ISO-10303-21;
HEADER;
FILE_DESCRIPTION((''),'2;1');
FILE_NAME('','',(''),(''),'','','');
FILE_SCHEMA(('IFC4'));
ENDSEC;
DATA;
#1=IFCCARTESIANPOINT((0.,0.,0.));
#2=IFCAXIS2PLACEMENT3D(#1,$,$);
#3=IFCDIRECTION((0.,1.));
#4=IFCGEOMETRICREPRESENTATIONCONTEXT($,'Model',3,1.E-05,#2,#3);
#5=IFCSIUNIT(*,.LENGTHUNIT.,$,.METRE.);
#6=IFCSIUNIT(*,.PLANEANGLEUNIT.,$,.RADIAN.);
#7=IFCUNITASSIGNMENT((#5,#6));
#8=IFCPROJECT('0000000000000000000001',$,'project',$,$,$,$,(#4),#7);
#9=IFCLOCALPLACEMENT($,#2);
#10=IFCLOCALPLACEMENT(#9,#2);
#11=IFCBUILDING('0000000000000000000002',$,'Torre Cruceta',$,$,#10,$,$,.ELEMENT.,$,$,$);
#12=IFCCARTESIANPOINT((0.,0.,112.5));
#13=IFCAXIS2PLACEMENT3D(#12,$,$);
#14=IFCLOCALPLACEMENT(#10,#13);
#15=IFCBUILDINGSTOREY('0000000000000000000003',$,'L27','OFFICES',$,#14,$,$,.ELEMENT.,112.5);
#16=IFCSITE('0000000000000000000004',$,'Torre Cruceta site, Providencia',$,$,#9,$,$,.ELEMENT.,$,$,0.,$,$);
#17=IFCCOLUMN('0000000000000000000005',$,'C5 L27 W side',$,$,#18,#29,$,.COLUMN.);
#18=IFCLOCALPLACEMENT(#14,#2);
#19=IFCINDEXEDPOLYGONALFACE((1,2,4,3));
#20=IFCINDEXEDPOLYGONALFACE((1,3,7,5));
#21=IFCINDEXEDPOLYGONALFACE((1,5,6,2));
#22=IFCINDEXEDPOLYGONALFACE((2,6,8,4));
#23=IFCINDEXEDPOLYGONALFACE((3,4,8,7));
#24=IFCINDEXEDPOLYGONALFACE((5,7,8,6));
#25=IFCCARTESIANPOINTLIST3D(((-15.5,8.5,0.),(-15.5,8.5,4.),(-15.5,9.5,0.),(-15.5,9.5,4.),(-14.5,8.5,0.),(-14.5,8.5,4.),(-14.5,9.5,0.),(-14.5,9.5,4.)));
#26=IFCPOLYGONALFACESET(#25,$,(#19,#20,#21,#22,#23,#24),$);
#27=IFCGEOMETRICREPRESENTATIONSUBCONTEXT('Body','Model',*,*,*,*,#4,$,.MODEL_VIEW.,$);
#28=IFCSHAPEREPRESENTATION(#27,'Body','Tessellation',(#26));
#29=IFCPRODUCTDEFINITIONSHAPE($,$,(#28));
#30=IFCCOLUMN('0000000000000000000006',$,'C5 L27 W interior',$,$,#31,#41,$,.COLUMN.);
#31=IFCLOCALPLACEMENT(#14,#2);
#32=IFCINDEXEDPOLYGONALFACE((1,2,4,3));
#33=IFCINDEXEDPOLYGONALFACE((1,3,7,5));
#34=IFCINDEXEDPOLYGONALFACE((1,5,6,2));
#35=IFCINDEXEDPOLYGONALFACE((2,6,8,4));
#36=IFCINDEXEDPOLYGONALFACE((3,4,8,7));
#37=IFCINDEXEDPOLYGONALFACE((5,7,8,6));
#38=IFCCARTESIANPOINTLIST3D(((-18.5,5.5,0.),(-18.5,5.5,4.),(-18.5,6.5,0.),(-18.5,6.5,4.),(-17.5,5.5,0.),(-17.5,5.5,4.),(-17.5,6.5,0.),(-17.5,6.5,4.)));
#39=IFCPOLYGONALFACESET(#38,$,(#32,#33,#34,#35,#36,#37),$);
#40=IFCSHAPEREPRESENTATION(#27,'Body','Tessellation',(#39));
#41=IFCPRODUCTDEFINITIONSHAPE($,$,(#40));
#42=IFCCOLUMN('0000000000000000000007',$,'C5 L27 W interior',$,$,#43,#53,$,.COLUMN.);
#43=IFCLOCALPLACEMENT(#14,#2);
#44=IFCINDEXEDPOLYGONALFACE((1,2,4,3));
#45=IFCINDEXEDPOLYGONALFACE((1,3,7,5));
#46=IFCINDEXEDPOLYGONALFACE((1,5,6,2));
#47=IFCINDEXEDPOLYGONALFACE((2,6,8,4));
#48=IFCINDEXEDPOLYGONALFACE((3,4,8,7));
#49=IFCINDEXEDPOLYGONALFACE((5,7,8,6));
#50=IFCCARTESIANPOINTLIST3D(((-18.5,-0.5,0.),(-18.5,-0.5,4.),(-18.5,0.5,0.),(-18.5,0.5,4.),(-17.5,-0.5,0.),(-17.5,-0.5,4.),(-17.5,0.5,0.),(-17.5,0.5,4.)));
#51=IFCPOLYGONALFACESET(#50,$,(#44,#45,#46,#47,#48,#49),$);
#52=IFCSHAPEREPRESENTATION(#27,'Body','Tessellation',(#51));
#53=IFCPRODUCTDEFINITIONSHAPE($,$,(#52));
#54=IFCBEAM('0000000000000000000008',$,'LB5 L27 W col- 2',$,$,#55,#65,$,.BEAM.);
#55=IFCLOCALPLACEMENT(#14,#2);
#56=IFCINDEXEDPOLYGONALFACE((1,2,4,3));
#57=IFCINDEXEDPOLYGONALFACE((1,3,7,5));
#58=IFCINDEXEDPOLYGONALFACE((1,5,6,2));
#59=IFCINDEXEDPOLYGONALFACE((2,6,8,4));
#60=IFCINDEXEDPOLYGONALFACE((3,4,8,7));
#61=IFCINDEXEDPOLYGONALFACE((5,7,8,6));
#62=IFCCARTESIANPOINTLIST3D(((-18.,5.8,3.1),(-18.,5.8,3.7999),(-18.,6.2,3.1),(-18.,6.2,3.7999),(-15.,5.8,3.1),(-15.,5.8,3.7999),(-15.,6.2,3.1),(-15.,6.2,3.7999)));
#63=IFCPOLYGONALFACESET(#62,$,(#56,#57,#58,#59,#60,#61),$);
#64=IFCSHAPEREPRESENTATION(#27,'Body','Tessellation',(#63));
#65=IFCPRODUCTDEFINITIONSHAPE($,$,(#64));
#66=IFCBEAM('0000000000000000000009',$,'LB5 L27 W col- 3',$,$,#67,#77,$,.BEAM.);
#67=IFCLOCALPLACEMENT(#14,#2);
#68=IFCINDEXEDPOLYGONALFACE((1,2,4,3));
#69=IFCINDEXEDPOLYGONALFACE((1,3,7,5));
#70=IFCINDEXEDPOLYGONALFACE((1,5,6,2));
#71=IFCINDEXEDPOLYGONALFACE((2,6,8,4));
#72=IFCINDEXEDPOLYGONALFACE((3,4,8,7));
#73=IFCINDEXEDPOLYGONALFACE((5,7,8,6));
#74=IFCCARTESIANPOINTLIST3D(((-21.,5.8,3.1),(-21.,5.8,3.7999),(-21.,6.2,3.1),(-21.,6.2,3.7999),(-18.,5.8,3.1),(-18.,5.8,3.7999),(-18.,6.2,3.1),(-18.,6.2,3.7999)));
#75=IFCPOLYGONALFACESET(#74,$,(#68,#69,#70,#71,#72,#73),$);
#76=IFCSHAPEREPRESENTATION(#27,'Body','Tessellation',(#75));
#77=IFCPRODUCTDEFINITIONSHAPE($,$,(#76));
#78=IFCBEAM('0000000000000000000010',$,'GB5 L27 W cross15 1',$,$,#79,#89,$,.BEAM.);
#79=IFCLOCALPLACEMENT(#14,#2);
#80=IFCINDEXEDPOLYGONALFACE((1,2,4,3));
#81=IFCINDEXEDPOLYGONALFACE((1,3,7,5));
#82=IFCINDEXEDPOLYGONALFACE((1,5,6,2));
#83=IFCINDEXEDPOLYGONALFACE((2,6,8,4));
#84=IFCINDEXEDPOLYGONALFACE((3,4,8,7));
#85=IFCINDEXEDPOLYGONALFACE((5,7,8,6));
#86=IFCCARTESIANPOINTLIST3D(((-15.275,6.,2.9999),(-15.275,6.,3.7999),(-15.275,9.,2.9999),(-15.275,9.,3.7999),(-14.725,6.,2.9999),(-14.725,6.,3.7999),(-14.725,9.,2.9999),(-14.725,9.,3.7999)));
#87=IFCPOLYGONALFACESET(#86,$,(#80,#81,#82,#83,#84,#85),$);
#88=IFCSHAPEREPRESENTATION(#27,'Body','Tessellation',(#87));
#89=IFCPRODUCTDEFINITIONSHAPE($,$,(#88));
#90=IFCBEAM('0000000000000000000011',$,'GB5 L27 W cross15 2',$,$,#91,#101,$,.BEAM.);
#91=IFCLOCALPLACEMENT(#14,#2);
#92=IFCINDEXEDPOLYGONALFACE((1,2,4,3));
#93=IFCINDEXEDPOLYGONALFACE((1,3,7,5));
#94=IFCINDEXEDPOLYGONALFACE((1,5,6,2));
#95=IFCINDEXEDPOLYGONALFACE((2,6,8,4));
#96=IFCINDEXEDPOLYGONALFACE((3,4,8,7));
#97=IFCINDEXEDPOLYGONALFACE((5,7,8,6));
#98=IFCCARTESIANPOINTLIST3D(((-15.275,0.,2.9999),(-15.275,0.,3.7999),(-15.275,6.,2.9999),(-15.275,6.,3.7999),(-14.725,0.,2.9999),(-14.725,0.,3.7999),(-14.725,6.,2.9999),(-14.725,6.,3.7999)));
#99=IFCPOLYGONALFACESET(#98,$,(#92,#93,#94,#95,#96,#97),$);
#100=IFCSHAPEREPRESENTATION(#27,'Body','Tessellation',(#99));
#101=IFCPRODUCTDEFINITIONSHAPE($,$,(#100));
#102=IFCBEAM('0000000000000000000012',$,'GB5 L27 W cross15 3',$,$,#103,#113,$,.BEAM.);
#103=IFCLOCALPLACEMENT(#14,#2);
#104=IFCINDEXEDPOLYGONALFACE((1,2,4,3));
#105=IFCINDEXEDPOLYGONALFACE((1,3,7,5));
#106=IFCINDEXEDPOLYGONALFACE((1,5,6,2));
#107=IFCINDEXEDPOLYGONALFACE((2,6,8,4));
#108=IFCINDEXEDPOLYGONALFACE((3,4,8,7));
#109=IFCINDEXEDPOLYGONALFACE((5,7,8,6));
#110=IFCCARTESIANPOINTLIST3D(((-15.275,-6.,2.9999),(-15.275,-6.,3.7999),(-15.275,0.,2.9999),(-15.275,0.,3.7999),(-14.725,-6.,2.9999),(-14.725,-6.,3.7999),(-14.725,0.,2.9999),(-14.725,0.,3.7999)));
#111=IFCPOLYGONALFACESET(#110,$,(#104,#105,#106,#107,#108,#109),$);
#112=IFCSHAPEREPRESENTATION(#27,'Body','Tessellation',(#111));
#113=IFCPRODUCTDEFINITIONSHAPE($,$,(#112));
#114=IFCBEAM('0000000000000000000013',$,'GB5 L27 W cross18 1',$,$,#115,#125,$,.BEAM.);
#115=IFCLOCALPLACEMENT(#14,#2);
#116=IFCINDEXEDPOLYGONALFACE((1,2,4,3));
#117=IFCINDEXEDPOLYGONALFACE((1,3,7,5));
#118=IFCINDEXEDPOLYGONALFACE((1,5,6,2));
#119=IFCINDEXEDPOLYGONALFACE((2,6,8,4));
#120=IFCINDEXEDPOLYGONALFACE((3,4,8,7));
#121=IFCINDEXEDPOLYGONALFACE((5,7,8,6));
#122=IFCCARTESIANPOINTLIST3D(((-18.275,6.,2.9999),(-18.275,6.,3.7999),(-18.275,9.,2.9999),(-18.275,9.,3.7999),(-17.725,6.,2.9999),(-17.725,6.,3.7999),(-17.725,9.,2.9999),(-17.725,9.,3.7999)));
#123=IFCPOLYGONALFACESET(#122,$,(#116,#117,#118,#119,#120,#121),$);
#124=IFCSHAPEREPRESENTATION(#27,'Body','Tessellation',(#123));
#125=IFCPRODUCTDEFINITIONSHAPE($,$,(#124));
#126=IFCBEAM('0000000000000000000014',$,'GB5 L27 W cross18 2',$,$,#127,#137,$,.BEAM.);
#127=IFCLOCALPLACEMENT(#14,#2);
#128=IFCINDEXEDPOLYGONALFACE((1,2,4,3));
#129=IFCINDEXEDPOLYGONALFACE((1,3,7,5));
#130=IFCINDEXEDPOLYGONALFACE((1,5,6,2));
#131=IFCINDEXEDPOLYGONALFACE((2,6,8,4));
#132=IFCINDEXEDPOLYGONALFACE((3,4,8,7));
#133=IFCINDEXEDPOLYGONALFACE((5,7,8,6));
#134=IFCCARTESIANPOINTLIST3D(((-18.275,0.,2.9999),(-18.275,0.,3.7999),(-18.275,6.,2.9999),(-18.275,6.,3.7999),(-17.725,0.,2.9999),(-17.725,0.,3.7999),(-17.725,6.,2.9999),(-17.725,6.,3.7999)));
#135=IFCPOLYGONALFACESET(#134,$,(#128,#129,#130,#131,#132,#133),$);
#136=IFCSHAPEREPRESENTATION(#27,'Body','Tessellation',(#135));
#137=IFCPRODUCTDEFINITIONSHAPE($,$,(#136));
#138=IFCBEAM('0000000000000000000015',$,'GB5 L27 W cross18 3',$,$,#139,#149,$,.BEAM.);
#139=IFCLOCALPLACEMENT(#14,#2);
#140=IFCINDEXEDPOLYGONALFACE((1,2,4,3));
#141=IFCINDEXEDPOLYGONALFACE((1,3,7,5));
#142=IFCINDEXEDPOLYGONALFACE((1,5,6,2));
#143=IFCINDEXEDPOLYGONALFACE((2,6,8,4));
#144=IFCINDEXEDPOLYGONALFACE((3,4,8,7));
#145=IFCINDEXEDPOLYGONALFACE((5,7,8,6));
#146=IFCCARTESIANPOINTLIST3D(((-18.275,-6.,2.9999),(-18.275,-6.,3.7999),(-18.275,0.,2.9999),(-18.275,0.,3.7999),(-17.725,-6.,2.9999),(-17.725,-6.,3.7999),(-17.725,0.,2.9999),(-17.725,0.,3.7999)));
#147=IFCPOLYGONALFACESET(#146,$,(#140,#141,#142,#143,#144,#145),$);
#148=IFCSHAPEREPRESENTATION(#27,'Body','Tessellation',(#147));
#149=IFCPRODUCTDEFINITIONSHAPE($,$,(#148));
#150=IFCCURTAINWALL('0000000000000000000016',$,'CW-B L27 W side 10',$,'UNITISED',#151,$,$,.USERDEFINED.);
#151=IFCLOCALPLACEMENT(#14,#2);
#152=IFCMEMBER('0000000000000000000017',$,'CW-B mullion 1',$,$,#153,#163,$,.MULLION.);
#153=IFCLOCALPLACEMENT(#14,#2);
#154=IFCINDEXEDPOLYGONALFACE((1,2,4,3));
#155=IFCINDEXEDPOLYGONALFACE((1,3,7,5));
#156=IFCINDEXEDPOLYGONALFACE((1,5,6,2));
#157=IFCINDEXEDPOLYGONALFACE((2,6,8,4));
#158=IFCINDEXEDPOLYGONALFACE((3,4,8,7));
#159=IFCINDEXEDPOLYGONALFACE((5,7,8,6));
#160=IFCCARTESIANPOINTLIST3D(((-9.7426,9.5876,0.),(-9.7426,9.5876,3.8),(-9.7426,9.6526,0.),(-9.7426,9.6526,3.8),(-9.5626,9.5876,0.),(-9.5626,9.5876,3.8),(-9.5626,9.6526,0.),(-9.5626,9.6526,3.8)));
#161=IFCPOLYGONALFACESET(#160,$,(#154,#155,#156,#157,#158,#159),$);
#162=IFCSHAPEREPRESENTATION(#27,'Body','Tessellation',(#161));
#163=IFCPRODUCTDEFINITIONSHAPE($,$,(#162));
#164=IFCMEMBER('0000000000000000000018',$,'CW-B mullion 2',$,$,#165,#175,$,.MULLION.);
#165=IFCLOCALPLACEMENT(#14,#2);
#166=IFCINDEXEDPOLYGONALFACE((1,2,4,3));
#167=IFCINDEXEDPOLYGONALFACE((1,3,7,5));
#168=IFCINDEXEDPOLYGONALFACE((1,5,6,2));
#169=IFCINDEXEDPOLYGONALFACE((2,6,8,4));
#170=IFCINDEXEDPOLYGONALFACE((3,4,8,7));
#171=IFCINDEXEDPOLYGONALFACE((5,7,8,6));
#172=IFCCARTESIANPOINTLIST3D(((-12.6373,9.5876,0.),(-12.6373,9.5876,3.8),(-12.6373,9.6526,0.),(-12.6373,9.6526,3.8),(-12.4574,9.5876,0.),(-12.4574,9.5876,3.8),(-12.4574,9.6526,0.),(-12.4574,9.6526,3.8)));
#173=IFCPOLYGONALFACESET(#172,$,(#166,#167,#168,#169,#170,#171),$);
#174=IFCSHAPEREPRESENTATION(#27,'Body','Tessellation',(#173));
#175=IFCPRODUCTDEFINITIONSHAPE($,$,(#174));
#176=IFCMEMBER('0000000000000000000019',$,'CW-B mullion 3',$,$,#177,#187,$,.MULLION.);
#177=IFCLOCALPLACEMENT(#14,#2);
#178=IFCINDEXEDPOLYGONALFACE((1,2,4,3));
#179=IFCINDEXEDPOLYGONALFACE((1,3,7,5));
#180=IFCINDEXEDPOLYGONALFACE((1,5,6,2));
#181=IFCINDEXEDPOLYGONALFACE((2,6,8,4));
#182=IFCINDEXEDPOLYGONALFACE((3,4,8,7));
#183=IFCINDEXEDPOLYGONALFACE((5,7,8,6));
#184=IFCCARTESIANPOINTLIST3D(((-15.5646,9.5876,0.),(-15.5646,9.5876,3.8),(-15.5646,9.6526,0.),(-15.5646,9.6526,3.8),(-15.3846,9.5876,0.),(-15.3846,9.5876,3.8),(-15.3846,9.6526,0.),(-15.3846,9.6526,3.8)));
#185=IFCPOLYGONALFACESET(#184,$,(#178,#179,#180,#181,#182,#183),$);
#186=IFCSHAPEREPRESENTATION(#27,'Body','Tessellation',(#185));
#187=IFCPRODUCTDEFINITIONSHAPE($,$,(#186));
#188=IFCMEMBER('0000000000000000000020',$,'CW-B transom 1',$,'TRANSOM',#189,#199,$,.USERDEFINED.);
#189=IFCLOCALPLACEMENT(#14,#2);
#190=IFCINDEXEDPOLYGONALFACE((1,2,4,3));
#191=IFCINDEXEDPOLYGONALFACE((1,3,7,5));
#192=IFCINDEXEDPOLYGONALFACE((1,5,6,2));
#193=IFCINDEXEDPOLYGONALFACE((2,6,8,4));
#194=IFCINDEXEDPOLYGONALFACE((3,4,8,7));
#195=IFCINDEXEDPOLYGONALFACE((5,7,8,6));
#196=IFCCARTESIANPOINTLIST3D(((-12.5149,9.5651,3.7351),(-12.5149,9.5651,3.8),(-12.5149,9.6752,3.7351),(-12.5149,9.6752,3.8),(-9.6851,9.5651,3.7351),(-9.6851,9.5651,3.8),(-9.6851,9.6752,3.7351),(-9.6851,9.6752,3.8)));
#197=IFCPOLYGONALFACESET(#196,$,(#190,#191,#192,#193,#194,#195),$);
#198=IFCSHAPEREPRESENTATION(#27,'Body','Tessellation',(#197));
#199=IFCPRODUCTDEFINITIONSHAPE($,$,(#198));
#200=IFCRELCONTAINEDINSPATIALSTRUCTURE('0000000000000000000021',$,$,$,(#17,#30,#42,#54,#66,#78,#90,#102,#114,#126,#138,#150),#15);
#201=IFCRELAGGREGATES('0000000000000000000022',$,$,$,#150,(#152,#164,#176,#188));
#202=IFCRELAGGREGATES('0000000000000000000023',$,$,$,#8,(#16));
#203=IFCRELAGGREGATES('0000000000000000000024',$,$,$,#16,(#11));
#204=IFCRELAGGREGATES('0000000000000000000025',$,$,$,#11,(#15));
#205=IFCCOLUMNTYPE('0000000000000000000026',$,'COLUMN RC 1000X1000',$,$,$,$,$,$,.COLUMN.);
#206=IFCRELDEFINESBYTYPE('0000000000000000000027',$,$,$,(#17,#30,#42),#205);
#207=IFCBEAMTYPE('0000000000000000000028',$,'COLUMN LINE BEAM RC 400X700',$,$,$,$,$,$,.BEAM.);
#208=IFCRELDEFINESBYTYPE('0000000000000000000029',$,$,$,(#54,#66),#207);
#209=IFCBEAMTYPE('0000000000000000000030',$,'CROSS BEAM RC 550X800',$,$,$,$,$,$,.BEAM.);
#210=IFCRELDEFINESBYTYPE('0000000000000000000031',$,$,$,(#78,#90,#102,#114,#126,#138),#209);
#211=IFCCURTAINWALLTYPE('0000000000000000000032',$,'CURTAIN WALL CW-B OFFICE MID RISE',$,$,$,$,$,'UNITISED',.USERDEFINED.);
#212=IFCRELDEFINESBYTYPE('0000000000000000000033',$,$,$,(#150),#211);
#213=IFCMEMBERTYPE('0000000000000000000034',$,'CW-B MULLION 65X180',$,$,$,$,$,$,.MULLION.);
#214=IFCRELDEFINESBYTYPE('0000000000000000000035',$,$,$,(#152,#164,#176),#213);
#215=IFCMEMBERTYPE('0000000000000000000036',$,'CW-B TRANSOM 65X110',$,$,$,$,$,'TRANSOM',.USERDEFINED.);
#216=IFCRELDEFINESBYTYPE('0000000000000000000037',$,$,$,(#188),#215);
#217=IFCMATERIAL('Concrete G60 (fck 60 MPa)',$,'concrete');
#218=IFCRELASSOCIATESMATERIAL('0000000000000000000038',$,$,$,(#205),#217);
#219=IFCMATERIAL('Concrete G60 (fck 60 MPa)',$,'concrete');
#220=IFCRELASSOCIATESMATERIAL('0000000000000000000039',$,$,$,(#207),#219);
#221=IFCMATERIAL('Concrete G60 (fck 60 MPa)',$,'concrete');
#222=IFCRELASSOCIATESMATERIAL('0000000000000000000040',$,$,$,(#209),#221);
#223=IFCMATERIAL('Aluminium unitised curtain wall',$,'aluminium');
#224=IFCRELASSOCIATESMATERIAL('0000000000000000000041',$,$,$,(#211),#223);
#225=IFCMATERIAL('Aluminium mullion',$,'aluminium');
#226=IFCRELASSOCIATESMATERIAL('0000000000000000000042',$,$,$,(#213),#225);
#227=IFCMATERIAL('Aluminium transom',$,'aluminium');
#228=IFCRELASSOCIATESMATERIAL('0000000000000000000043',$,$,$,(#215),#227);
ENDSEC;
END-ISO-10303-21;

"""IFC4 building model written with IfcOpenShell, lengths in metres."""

from ifc_helpers import new_model, si_unit, direction, frame, origin, origin_2d, place, context, subcontext, project, spatial, rectangle, extrude, material, material_profile, profile_set, type_object, element, aggregate, save


model = new_model("IFC4")

# Units and contexts
model_context = context("Model", 3, precision=1e-05, world=origin(), true_north=direction((0.0, 1.0)))
body_context = subcontext(model_context, "Body", "Model", "MODEL_VIEW")
ifc_project = project(units=[si_unit("LENGTHUNIT", "METRE"), si_unit("PLANEANGLEUNIT", "RADIAN")], contexts=[model_context])

# Site, building, storey
site_placement = place(None, origin())
site = spatial("IfcSite", under=ifc_project, at=site_placement, Name="Torre Cruceta site, Providencia", CompositionType="ELEMENT", RefElevation=0.0)
building_placement = place(site_placement, origin())
building = spatial("IfcBuilding", under=site, at=building_placement, Name="Torre Cruceta", CompositionType="ELEMENT")
storey_placement = place(building_placement, frame((0.0, 0.0, 112.5)))
storey = spatial("IfcBuildingStorey", under=building, at=storey_placement, Name="L27", Description="OFFICES", CompositionType="ELEMENT", Elevation=112.5)

# Columns
ifc_material_1 = material(Name="Concrete G60 (fck 60 MPa)", Category="concrete")
ifc_material_profile_1 = material_profile(ifc_material_1, rectangle(XDim=1.0, YDim=1.0, at=origin_2d()), Name="RC 1000X1000")
ifc_profile_set_1 = profile_set([ifc_material_profile_1], Name="Concrete G60 (fck 60 MPa)")
column_type = type_object("IfcColumnType", Name="COLUMN RC 1000X1000", PredefinedType="COLUMN", material=ifc_profile_set_1)
for number, where, z_axis, x_axis, name in (
    (1, (-15.0, 9.0, 0.0), (0.0, 0.0, 1.0), (1.0, 0.0, 0.0), "C5 L27 W side"),
    (2, (-18.0, 6.0, 0.0), (0.0, 0.0, 1.0), (1.0, 0.0, 0.0), "C5 L27 W interior"),
    (3, (-18.0, 0.0, 0.0), (0.0, 0.0, 1.0), (1.0, 0.0, 0.0), "C5 L27 W interior"),
):
    element("IfcColumn", number, at=place(storey_placement, frame(where, z_axis=z_axis, x_axis=x_axis)), inside=storey, type_object=column_type, Name=name, PredefinedType="COLUMN", context=body_context, shape_type="SweptSolid", body=[
        extrude(rectangle(XDim=1.0, YDim=1.0, at=origin_2d()), origin(), (0.0, 0.0, 1.0), 4.0),
    ])

# Beams
ifc_material_2 = material(Name="Concrete G60 (fck 60 MPa)", Category="concrete")
ifc_material_profile_2 = material_profile(ifc_material_2, rectangle(XDim=0.3999, YDim=0.7, at=origin_2d()), Name="RC 400X700")
ifc_profile_set_2 = profile_set([ifc_material_profile_2], Name="Concrete G60 (fck 60 MPa)")
beam_type_1 = type_object("IfcBeamType", Name="COLUMN LINE BEAM RC 400X700", PredefinedType="BEAM", material=ifc_profile_set_2)
for number, where, z_axis, x_axis, name in (
    (4, (-15.0, 6.0, 3.45), (-1.0, 0.0, 0.0), (0.0, -1.0, 0.0), "LB5 L27 W col- 2"),
    (5, (-18.0, 6.0, 3.45), (-1.0, 0.0, 0.0), (0.0, -1.0, 0.0), "LB5 L27 W col- 3"),
):
    element("IfcBeam", number, at=place(storey_placement, frame(where, z_axis=z_axis, x_axis=x_axis)), inside=storey, type_object=beam_type_1, Name=name, PredefinedType="BEAM", context=body_context, shape_type="SweptSolid", body=[
        extrude(rectangle(XDim=0.3999, YDim=0.7, at=origin_2d()), origin(), (0.0, 0.0, 1.0), 3.0),
    ])
ifc_material_3 = material(Name="Concrete G60 (fck 60 MPa)", Category="concrete")
ifc_material_profile_3 = material_profile(ifc_material_3, rectangle(XDim=0.55, YDim=0.8, at=origin_2d()), Name="RC 550X800")
ifc_profile_set_3 = profile_set([ifc_material_profile_3], Name="Concrete G60 (fck 60 MPa)")
beam_type_2 = type_object("IfcBeamType", Name="CROSS BEAM RC 550X800", PredefinedType="BEAM", material=ifc_profile_set_3)
beam_1_placement = place(storey_placement, frame((-15.0, 9.0, 3.3999), z_axis=(0.0, -1.0, 0.0), x_axis=(1.0, 0.0, 0.0)))
element("IfcBeam", 6, at=beam_1_placement, inside=storey, type_object=beam_type_2, Name="GB5 L27 W cross15 1", PredefinedType="BEAM", context=body_context, shape_type="SweptSolid", body=[
    extrude(rectangle(XDim=0.55, YDim=0.8, at=origin_2d()), origin(), (0.0, 0.0, 1.0), 3.0),
])
for number, where, z_axis, x_axis, name in (
    (7, (-15.0, 6.0, 3.3999), (0.0, -1.0, 0.0), (1.0, 0.0, 0.0), "GB5 L27 W cross15 2"),
    (8, (-15.0, 0.0, 3.3999), (0.0, -1.0, 0.0), (1.0, 0.0, 0.0), "GB5 L27 W cross15 3"),
):
    element("IfcBeam", number, at=place(storey_placement, frame(where, z_axis=z_axis, x_axis=x_axis)), inside=storey, type_object=beam_type_2, Name=name, PredefinedType="BEAM", context=body_context, shape_type="SweptSolid", body=[
        extrude(rectangle(XDim=0.55, YDim=0.8, at=origin_2d()), origin(), (0.0, 0.0, 1.0), 6.0),
    ])
beam_2_placement = place(storey_placement, frame((-18.0, 9.0, 3.3999), z_axis=(0.0, -1.0, 0.0), x_axis=(1.0, 0.0, 0.0)))
element("IfcBeam", 9, at=beam_2_placement, inside=storey, type_object=beam_type_2, Name="GB5 L27 W cross18 1", PredefinedType="BEAM", context=body_context, shape_type="SweptSolid", body=[
    extrude(rectangle(XDim=0.55, YDim=0.8, at=origin_2d()), origin(), (0.0, 0.0, 1.0), 3.0),
])
for number, where, z_axis, x_axis, name in (
    (10, (-18.0, 6.0, 3.3999), (0.0, -1.0, 0.0), (1.0, 0.0, 0.0), "GB5 L27 W cross18 2"),
    (11, (-18.0, 0.0, 3.3999), (0.0, -1.0, 0.0), (1.0, 0.0, 0.0), "GB5 L27 W cross18 3"),
):
    element("IfcBeam", number, at=place(storey_placement, frame(where, z_axis=z_axis, x_axis=x_axis)), inside=storey, type_object=beam_type_2, Name=name, PredefinedType="BEAM", context=body_context, shape_type="SweptSolid", body=[
        extrude(rectangle(XDim=0.55, YDim=0.8, at=origin_2d()), origin(), (0.0, 0.0, 1.0), 6.0),
    ])

# Curtain wall, members
ifc_material_4 = material(Name="Aluminium unitised curtain wall", Category="aluminium")
curtain_wall_type = type_object("IfcCurtainWallType", Name="CURTAIN WALL CW-B OFFICE MID RISE", ElementType="UNITISED", PredefinedType="USERDEFINED", material=ifc_material_4)
curtain_wall_placement = place(storey_placement, origin())
curtain_wall = element("IfcCurtainWall", 12, at=curtain_wall_placement, inside=storey, type_object=curtain_wall_type, Name="CW-B L27 W side 10", ObjectType="UNITISED", PredefinedType="USERDEFINED")
ifc_material_5 = material(Name="Aluminium mullion", Category="aluminium")
ifc_material_profile_4 = material_profile(ifc_material_5, rectangle(XDim=0.0649, YDim=0.1799, at=origin_2d()), Name="AL 65X180")
ifc_profile_set_4 = profile_set([ifc_material_profile_4], Name="Aluminium mullion")
member_type_1 = type_object("IfcMemberType", Name="CW-B MULLION 65X180", PredefinedType="MULLION", material=ifc_profile_set_4)
member_1_placement = place(storey_placement, frame((-9.6526, 9.6201, 0.0), z_axis=(0.0, 0.0, 1.0), x_axis=(0.0, -1.0, 0.0)))
member_1 = element("IfcMember", 13, at=member_1_placement, type_object=member_type_1, Name="CW-B mullion 1", PredefinedType="MULLION", context=body_context, shape_type="SweptSolid", body=[
    extrude(rectangle(XDim=0.0649, YDim=0.1799, at=origin_2d()), origin(), (0.0, 0.0, 1.0), 3.8),
])
member_2_placement = place(storey_placement, frame((-12.5474, 9.6201, 0.0), z_axis=(0.0, 0.0, 1.0), x_axis=(0.0, -1.0, 0.0)))
member_2 = element("IfcMember", 14, at=member_2_placement, type_object=member_type_1, Name="CW-B mullion 2", PredefinedType="MULLION", context=body_context, shape_type="SweptSolid", body=[
    extrude(rectangle(XDim=0.0649, YDim=0.1799, at=origin_2d()), origin(), (0.0, 0.0, 1.0), 3.8),
])
member_3_placement = place(storey_placement, frame((-15.4746, 9.6201, 0.0), z_axis=(0.0, 0.0, 1.0), x_axis=(0.0, -1.0, 0.0)))
member_3 = element("IfcMember", 15, at=member_3_placement, type_object=member_type_1, Name="CW-B mullion 3", PredefinedType="MULLION", context=body_context, shape_type="SweptSolid", body=[
    extrude(rectangle(XDim=0.0649, YDim=0.1799, at=origin_2d()), origin(), (0.0, 0.0, 1.0), 3.8),
])
ifc_material_6 = material(Name="Aluminium transom", Category="aluminium")
ifc_material_profile_5 = material_profile(ifc_material_6, rectangle(XDim=0.1101, YDim=0.0649, at=origin_2d()), Name="AL 110X65")
ifc_profile_set_5 = profile_set([ifc_material_profile_5], Name="Aluminium transom")
member_type_2 = type_object("IfcMemberType", Name="CW-B TRANSOM 65X110", ElementType="TRANSOM", PredefinedType="USERDEFINED", material=ifc_profile_set_5)
member_4_placement = place(storey_placement, frame((-9.6851, 9.6201, 3.7676), z_axis=(-1.0, 0.0, 0.0), x_axis=(0.0, -1.0, 0.0)))
member_4 = element("IfcMember", 16, at=member_4_placement, type_object=member_type_2, Name="CW-B transom 1", ObjectType="TRANSOM", PredefinedType="USERDEFINED", context=body_context, shape_type="SweptSolid", body=[
    extrude(rectangle(XDim=0.1101, YDim=0.0649, at=origin_2d()), origin(), (0.0, 0.0, 1.0), 2.8298),
])

aggregate(curtain_wall, [member_1, member_2, member_3, member_4])

save(model, "model.ifc")
